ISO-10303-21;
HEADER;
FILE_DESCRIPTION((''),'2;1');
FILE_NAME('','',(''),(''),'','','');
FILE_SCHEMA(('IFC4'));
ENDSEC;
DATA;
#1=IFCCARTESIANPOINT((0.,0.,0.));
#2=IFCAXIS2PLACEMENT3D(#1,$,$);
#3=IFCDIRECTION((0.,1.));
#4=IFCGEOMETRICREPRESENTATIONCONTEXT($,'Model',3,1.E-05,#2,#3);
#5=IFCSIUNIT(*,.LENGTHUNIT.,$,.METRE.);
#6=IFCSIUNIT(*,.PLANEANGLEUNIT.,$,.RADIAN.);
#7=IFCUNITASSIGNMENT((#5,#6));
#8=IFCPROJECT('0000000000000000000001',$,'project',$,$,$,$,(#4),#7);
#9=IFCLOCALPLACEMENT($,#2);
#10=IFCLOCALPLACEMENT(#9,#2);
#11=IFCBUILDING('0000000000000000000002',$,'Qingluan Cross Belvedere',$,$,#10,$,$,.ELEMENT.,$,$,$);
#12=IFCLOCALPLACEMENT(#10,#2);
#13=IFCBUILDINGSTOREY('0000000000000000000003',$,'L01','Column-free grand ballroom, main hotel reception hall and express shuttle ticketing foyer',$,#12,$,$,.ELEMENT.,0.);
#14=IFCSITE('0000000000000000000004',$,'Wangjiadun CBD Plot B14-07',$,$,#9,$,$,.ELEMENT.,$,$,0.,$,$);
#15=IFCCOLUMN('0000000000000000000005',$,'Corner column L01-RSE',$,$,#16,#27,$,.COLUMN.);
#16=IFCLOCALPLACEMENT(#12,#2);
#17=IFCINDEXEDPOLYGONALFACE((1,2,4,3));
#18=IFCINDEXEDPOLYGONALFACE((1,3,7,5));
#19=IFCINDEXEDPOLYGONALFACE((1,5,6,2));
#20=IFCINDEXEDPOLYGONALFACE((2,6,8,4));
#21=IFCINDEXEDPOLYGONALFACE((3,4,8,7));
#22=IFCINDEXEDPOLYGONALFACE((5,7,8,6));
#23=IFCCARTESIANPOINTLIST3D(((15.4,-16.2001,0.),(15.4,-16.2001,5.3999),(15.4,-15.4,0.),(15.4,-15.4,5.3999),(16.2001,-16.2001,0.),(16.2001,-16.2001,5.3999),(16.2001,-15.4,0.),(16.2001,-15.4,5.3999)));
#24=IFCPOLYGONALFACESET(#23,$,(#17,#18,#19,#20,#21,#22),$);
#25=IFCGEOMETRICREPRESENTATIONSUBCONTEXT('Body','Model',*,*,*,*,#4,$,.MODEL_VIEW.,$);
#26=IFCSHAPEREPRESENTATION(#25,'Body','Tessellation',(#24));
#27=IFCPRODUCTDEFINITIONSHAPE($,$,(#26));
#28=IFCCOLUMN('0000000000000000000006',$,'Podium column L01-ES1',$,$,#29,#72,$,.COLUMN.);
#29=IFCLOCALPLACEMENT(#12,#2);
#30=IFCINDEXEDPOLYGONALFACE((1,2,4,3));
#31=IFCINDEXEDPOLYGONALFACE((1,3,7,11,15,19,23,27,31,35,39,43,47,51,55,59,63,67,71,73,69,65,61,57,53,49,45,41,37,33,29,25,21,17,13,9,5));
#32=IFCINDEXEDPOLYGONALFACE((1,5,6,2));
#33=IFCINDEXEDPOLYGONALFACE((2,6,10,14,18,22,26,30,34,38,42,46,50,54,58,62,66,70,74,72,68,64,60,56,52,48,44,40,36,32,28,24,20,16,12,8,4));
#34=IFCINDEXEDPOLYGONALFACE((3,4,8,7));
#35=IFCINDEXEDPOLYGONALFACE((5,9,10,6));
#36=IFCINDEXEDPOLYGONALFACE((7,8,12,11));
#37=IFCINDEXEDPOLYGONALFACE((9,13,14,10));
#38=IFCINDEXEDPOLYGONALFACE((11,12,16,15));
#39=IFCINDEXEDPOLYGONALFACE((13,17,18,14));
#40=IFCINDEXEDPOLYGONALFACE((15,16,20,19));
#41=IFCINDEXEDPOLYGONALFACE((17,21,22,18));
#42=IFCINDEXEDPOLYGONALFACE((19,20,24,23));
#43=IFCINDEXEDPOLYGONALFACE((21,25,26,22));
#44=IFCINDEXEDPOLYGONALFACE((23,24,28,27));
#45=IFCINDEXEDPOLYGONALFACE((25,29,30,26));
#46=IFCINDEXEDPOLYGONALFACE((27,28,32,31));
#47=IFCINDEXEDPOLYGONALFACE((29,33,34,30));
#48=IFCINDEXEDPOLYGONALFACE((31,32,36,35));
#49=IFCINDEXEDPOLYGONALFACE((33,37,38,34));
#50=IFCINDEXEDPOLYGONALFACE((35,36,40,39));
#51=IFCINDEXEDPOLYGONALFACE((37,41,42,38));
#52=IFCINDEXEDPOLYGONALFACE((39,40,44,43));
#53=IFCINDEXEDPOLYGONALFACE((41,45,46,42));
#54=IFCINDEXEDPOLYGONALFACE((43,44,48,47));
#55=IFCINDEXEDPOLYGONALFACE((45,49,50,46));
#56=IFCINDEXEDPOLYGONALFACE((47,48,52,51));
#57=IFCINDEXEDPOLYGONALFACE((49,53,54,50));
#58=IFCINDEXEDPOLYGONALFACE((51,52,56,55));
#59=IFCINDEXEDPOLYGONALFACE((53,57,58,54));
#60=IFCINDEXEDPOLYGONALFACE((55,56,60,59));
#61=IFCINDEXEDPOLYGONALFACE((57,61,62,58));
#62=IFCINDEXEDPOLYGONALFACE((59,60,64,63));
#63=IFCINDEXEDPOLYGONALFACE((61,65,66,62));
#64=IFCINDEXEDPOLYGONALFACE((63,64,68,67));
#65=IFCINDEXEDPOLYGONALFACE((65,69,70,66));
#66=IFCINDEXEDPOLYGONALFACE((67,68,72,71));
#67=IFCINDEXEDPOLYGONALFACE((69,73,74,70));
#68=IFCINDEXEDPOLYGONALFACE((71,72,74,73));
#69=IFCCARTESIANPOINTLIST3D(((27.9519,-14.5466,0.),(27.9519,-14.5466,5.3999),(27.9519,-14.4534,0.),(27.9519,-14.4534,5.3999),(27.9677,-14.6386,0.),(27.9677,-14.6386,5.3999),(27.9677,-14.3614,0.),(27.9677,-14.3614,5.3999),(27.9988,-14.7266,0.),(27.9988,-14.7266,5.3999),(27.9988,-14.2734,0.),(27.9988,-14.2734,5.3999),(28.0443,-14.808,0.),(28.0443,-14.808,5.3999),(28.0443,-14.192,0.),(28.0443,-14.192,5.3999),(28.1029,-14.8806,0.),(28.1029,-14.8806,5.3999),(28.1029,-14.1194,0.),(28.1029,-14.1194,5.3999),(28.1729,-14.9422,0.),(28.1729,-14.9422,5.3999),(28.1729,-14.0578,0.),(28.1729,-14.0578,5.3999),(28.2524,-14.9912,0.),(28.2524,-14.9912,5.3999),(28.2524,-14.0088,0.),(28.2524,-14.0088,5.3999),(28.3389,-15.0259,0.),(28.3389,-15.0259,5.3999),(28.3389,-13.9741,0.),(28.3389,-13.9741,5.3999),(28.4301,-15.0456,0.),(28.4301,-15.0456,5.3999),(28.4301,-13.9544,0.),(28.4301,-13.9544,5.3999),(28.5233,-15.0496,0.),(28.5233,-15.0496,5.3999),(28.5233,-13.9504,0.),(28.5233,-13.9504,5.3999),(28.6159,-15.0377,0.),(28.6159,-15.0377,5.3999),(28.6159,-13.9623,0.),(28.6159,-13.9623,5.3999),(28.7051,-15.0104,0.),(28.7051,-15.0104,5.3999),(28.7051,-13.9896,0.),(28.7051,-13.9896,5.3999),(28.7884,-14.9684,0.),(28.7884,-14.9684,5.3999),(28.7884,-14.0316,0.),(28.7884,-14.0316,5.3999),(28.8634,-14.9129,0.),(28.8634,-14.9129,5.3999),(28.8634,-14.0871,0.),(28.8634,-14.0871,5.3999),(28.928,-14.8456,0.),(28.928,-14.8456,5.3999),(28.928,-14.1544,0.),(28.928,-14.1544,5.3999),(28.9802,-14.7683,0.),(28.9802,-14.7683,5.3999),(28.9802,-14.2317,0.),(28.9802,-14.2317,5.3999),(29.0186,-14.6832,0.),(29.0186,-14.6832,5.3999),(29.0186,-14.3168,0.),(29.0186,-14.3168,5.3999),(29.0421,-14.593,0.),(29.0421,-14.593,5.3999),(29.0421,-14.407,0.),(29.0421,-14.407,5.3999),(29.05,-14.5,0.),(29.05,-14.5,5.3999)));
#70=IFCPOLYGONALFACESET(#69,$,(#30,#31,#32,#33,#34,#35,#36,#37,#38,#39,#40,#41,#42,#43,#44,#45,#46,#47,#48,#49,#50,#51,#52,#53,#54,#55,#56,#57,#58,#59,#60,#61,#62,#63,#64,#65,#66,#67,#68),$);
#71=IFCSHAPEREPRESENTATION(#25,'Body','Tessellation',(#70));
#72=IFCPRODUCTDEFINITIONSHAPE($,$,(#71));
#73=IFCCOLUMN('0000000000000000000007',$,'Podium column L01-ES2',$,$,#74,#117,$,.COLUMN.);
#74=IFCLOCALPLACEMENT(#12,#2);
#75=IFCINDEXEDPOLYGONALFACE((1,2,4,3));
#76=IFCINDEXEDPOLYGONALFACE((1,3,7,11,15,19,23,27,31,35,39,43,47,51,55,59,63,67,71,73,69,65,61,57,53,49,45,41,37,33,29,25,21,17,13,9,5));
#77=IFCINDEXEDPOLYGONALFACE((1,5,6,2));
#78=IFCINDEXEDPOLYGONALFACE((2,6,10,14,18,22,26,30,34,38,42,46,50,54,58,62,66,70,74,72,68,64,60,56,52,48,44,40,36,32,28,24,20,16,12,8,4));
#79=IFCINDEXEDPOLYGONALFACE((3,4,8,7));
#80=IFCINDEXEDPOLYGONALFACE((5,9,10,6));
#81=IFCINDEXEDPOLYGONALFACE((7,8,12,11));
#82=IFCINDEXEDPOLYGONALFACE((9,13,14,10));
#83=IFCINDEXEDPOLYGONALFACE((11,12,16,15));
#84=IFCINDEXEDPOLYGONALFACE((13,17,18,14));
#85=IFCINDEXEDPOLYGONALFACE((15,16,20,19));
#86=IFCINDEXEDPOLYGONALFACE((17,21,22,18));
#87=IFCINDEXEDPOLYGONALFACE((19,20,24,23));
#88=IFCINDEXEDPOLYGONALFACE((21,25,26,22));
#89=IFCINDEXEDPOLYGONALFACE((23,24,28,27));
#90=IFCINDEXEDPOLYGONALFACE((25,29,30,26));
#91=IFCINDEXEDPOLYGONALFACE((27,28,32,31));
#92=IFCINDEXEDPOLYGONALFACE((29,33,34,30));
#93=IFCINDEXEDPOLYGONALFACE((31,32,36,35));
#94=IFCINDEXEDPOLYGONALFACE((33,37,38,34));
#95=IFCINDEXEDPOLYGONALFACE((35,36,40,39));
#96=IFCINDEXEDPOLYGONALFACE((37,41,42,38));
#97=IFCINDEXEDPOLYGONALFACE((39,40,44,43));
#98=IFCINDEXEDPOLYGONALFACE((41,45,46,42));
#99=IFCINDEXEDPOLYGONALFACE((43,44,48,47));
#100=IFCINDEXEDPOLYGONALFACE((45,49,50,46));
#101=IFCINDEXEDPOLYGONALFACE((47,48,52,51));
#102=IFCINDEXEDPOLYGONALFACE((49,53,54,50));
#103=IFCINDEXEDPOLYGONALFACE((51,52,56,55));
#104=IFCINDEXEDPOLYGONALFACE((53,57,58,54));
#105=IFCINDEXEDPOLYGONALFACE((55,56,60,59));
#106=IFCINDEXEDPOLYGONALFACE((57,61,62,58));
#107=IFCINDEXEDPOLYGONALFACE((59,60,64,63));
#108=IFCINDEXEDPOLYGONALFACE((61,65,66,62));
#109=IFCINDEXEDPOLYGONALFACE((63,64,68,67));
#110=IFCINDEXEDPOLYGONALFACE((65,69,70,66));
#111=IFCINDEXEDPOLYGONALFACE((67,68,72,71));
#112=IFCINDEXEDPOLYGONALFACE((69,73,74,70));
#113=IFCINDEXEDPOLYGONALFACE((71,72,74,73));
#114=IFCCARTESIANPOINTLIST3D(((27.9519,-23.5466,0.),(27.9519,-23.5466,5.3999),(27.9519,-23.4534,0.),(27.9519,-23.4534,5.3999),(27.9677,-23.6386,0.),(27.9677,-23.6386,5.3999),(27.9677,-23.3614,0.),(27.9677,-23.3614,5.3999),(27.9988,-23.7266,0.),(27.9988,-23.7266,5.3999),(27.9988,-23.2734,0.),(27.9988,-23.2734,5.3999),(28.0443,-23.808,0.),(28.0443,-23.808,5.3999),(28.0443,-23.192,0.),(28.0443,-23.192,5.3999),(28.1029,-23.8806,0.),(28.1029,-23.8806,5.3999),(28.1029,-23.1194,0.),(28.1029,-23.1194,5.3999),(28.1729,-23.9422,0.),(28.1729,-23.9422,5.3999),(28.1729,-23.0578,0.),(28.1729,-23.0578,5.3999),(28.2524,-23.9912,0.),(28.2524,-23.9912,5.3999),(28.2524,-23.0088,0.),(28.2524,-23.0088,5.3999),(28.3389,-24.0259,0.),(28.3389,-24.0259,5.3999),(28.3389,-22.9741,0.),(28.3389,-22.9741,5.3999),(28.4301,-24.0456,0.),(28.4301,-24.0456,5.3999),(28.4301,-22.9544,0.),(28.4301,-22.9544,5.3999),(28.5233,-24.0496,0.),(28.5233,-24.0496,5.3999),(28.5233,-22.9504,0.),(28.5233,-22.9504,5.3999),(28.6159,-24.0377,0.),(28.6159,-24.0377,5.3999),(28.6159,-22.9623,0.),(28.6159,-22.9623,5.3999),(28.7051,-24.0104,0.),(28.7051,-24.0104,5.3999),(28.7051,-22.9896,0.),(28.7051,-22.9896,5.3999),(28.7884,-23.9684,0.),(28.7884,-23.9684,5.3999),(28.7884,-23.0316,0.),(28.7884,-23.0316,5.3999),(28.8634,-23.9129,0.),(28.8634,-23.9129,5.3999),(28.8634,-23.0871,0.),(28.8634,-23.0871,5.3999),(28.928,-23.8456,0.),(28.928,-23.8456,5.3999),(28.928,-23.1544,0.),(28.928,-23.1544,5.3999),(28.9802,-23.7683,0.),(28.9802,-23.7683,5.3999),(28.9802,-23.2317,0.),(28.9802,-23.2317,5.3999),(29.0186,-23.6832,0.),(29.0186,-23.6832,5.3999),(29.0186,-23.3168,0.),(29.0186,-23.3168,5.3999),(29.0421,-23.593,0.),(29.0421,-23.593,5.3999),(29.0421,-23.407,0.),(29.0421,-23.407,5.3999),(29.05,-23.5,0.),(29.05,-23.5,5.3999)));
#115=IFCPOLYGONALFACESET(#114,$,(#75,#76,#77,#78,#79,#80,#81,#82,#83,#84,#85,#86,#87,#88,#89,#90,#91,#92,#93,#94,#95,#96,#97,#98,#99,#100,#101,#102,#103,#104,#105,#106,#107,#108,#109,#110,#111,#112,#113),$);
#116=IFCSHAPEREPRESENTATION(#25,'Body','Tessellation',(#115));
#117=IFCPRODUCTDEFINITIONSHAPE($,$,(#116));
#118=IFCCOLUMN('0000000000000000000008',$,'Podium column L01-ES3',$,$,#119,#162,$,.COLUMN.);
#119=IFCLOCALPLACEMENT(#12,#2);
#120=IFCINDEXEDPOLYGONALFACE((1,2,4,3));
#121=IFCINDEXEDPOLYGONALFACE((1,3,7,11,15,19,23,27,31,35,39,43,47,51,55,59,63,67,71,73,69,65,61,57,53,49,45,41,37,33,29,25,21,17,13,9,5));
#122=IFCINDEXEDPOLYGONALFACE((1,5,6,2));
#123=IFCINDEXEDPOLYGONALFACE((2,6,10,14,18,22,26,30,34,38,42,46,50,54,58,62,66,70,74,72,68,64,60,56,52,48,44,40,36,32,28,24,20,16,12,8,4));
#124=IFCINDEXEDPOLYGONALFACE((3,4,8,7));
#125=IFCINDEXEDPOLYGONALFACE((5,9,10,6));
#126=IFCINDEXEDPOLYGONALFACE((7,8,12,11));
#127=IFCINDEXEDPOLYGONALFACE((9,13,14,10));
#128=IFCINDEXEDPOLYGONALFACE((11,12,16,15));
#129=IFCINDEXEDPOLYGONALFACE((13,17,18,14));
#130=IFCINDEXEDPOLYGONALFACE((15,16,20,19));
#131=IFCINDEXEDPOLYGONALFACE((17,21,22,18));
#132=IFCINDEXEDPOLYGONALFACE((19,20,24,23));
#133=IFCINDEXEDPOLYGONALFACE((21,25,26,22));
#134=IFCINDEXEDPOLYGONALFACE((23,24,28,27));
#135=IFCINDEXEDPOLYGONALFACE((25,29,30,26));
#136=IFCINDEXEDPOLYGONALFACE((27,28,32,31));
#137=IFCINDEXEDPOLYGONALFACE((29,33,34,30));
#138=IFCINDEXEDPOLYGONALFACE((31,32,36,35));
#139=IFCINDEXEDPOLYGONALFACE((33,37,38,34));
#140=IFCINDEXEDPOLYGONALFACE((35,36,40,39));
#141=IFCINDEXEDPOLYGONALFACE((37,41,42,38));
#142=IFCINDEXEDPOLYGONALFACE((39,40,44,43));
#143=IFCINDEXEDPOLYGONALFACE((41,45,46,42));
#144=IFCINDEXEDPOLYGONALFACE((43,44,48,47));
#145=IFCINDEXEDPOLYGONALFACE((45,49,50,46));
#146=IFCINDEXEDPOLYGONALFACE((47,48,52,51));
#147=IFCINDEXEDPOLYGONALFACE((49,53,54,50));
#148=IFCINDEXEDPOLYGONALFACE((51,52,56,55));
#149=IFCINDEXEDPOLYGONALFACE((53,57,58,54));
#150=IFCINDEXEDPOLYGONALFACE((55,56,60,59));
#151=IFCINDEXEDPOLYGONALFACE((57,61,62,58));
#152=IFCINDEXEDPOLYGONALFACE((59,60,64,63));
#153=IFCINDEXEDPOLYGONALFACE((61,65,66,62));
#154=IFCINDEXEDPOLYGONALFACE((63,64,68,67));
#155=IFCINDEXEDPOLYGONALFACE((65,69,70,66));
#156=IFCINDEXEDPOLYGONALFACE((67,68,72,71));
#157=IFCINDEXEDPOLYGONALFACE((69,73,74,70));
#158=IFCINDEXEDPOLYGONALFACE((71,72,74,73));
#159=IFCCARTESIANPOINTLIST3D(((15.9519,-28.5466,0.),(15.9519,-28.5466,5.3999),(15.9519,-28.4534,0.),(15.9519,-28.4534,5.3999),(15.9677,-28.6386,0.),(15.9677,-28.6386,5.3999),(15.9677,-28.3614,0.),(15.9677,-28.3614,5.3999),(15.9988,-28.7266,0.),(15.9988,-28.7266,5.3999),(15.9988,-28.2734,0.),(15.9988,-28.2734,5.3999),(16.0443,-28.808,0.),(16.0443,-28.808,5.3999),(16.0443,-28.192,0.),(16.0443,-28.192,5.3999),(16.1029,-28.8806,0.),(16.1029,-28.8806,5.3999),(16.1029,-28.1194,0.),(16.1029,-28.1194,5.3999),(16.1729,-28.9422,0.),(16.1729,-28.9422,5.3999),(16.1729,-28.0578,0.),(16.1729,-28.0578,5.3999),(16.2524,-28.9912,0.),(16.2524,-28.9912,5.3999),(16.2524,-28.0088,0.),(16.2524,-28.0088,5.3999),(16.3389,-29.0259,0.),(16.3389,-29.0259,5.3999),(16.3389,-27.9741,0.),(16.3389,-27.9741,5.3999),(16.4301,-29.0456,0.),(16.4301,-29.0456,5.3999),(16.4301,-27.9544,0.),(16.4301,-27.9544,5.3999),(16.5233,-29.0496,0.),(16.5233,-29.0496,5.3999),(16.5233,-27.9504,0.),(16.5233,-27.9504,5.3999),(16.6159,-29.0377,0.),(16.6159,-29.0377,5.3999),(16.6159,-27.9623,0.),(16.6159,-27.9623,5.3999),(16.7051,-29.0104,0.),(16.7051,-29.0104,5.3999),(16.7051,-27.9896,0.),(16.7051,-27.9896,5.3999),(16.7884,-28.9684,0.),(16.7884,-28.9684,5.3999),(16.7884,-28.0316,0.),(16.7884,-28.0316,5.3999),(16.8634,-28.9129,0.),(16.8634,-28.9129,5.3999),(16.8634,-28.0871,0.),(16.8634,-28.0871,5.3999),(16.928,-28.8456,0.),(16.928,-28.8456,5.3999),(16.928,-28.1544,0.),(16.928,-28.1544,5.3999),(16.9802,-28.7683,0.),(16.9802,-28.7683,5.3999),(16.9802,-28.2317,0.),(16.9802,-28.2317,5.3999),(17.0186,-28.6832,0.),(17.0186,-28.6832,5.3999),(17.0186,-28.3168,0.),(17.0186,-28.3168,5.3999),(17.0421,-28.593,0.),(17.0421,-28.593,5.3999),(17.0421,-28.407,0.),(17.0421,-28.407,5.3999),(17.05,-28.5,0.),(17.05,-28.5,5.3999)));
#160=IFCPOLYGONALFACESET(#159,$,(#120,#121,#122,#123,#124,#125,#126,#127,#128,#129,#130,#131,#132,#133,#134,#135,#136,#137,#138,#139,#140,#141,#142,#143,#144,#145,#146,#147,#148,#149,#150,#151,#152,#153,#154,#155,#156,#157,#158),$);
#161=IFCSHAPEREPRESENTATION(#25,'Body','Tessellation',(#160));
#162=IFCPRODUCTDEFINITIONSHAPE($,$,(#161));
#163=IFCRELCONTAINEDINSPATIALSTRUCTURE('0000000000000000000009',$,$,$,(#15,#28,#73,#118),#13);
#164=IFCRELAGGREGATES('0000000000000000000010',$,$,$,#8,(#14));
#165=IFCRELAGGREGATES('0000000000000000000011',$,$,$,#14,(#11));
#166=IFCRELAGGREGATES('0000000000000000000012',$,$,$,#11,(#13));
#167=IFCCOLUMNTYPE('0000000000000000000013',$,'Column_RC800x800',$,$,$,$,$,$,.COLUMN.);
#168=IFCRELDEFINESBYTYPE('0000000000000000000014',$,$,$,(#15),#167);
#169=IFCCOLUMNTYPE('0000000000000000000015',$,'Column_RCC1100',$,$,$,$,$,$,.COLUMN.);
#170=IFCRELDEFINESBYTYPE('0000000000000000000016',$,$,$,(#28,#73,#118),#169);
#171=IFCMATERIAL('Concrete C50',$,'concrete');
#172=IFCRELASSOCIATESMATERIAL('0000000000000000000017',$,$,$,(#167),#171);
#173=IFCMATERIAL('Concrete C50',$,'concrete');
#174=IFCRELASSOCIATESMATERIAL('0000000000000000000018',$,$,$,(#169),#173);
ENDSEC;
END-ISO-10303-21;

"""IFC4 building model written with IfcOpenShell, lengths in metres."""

from ifc_helpers import new_model, si_unit, direction, frame, origin, origin_2d, place, context, subcontext, project, spatial, rectangle, circle, extrude, material, material_profile, profile_set, type_object, element, save


model = new_model("IFC4")

# Units and contexts
model_context = context("Model", 3, precision=1e-05, world=origin(), true_north=direction((0.0, 1.0)))
body_context = subcontext(model_context, "Body", "Model", "MODEL_VIEW")
ifc_project = project(units=[si_unit("LENGTHUNIT", "METRE"), si_unit("PLANEANGLEUNIT", "RADIAN")], contexts=[model_context])

# Site, building, storey
site_placement = place(None, origin())
site = spatial("IfcSite", under=ifc_project, at=site_placement, Name="Wangjiadun CBD Plot B14-07", CompositionType="ELEMENT", RefElevation=0.0)
building_placement = place(site_placement, origin())
building = spatial("IfcBuilding", under=site, at=building_placement, Name="Qingluan Cross Belvedere", CompositionType="ELEMENT")
storey_placement = place(building_placement, origin())
storey = spatial("IfcBuildingStorey", under=building, at=storey_placement, Name="L01", Description="Column-free grand ballroom, main hotel reception hall and express shuttle ticketing foyer", CompositionType="ELEMENT", Elevation=0.0)

# Columns
ifc_material_1 = material(Name="Concrete C50", Category="concrete")
ifc_material_profile_1 = material_profile(ifc_material_1, rectangle(XDim=0.8, YDim=0.8, at=origin_2d()), Name="RC800x800")
ifc_profile_set_1 = profile_set([ifc_material_profile_1], Name="Concrete C50")
column_type_1 = type_object("IfcColumnType", Name="Column_RC800x800", PredefinedType="COLUMN", material=ifc_profile_set_1)
column_placement = place(storey_placement, frame((15.8, -15.8, 0.0), z_axis=(0.0, 0.0, 1.0), x_axis=(1.0, 0.0, 0.0)))
element("IfcColumn", 1, at=column_placement, inside=storey, type_object=column_type_1, Name="Corner column L01-RSE", PredefinedType="COLUMN", context=body_context, shape_type="SweptSolid", body=[
    extrude(rectangle(XDim=0.8, YDim=0.8, at=origin_2d()), origin(), (0.0, 0.0, 1.0), 5.3999),
])
ifc_material_2 = material(Name="Concrete C50", Category="concrete")
ifc_material_profile_2 = material_profile(ifc_material_2, circle(Radius=0.55, at=origin_2d()), Name="RCC1100")
ifc_profile_set_2 = profile_set([ifc_material_profile_2], Name="Concrete C50")
column_type_2 = type_object("IfcColumnType", Name="Column_RCC1100", PredefinedType="COLUMN", material=ifc_profile_set_2)
for number, where, z_axis, x_axis, name in (
    (2, (28.5, -14.5, 0.0), (0.0, 0.0, 1.0), (1.0, 0.0, 0.0), "Podium column L01-ES1"),
    (3, (28.5, -23.5, 0.0), (0.0, 0.0, 1.0), (1.0, 0.0, 0.0), "Podium column L01-ES2"),
    (4, (16.5, -28.5, 0.0), (0.0, 0.0, 1.0), (1.0, 0.0, 0.0), "Podium column L01-ES3"),
):
    element("IfcColumn", number, at=place(storey_placement, frame(where, z_axis=z_axis, x_axis=x_axis)), inside=storey, type_object=column_type_2, Name=name, PredefinedType="COLUMN", context=body_context, shape_type="SweptSolid", body=[
        extrude(circle(Radius=0.55, at=origin_2d()), origin(), (0.0, 0.0, 1.0), 5.3999),
    ])

save(model, "model.ifc")
